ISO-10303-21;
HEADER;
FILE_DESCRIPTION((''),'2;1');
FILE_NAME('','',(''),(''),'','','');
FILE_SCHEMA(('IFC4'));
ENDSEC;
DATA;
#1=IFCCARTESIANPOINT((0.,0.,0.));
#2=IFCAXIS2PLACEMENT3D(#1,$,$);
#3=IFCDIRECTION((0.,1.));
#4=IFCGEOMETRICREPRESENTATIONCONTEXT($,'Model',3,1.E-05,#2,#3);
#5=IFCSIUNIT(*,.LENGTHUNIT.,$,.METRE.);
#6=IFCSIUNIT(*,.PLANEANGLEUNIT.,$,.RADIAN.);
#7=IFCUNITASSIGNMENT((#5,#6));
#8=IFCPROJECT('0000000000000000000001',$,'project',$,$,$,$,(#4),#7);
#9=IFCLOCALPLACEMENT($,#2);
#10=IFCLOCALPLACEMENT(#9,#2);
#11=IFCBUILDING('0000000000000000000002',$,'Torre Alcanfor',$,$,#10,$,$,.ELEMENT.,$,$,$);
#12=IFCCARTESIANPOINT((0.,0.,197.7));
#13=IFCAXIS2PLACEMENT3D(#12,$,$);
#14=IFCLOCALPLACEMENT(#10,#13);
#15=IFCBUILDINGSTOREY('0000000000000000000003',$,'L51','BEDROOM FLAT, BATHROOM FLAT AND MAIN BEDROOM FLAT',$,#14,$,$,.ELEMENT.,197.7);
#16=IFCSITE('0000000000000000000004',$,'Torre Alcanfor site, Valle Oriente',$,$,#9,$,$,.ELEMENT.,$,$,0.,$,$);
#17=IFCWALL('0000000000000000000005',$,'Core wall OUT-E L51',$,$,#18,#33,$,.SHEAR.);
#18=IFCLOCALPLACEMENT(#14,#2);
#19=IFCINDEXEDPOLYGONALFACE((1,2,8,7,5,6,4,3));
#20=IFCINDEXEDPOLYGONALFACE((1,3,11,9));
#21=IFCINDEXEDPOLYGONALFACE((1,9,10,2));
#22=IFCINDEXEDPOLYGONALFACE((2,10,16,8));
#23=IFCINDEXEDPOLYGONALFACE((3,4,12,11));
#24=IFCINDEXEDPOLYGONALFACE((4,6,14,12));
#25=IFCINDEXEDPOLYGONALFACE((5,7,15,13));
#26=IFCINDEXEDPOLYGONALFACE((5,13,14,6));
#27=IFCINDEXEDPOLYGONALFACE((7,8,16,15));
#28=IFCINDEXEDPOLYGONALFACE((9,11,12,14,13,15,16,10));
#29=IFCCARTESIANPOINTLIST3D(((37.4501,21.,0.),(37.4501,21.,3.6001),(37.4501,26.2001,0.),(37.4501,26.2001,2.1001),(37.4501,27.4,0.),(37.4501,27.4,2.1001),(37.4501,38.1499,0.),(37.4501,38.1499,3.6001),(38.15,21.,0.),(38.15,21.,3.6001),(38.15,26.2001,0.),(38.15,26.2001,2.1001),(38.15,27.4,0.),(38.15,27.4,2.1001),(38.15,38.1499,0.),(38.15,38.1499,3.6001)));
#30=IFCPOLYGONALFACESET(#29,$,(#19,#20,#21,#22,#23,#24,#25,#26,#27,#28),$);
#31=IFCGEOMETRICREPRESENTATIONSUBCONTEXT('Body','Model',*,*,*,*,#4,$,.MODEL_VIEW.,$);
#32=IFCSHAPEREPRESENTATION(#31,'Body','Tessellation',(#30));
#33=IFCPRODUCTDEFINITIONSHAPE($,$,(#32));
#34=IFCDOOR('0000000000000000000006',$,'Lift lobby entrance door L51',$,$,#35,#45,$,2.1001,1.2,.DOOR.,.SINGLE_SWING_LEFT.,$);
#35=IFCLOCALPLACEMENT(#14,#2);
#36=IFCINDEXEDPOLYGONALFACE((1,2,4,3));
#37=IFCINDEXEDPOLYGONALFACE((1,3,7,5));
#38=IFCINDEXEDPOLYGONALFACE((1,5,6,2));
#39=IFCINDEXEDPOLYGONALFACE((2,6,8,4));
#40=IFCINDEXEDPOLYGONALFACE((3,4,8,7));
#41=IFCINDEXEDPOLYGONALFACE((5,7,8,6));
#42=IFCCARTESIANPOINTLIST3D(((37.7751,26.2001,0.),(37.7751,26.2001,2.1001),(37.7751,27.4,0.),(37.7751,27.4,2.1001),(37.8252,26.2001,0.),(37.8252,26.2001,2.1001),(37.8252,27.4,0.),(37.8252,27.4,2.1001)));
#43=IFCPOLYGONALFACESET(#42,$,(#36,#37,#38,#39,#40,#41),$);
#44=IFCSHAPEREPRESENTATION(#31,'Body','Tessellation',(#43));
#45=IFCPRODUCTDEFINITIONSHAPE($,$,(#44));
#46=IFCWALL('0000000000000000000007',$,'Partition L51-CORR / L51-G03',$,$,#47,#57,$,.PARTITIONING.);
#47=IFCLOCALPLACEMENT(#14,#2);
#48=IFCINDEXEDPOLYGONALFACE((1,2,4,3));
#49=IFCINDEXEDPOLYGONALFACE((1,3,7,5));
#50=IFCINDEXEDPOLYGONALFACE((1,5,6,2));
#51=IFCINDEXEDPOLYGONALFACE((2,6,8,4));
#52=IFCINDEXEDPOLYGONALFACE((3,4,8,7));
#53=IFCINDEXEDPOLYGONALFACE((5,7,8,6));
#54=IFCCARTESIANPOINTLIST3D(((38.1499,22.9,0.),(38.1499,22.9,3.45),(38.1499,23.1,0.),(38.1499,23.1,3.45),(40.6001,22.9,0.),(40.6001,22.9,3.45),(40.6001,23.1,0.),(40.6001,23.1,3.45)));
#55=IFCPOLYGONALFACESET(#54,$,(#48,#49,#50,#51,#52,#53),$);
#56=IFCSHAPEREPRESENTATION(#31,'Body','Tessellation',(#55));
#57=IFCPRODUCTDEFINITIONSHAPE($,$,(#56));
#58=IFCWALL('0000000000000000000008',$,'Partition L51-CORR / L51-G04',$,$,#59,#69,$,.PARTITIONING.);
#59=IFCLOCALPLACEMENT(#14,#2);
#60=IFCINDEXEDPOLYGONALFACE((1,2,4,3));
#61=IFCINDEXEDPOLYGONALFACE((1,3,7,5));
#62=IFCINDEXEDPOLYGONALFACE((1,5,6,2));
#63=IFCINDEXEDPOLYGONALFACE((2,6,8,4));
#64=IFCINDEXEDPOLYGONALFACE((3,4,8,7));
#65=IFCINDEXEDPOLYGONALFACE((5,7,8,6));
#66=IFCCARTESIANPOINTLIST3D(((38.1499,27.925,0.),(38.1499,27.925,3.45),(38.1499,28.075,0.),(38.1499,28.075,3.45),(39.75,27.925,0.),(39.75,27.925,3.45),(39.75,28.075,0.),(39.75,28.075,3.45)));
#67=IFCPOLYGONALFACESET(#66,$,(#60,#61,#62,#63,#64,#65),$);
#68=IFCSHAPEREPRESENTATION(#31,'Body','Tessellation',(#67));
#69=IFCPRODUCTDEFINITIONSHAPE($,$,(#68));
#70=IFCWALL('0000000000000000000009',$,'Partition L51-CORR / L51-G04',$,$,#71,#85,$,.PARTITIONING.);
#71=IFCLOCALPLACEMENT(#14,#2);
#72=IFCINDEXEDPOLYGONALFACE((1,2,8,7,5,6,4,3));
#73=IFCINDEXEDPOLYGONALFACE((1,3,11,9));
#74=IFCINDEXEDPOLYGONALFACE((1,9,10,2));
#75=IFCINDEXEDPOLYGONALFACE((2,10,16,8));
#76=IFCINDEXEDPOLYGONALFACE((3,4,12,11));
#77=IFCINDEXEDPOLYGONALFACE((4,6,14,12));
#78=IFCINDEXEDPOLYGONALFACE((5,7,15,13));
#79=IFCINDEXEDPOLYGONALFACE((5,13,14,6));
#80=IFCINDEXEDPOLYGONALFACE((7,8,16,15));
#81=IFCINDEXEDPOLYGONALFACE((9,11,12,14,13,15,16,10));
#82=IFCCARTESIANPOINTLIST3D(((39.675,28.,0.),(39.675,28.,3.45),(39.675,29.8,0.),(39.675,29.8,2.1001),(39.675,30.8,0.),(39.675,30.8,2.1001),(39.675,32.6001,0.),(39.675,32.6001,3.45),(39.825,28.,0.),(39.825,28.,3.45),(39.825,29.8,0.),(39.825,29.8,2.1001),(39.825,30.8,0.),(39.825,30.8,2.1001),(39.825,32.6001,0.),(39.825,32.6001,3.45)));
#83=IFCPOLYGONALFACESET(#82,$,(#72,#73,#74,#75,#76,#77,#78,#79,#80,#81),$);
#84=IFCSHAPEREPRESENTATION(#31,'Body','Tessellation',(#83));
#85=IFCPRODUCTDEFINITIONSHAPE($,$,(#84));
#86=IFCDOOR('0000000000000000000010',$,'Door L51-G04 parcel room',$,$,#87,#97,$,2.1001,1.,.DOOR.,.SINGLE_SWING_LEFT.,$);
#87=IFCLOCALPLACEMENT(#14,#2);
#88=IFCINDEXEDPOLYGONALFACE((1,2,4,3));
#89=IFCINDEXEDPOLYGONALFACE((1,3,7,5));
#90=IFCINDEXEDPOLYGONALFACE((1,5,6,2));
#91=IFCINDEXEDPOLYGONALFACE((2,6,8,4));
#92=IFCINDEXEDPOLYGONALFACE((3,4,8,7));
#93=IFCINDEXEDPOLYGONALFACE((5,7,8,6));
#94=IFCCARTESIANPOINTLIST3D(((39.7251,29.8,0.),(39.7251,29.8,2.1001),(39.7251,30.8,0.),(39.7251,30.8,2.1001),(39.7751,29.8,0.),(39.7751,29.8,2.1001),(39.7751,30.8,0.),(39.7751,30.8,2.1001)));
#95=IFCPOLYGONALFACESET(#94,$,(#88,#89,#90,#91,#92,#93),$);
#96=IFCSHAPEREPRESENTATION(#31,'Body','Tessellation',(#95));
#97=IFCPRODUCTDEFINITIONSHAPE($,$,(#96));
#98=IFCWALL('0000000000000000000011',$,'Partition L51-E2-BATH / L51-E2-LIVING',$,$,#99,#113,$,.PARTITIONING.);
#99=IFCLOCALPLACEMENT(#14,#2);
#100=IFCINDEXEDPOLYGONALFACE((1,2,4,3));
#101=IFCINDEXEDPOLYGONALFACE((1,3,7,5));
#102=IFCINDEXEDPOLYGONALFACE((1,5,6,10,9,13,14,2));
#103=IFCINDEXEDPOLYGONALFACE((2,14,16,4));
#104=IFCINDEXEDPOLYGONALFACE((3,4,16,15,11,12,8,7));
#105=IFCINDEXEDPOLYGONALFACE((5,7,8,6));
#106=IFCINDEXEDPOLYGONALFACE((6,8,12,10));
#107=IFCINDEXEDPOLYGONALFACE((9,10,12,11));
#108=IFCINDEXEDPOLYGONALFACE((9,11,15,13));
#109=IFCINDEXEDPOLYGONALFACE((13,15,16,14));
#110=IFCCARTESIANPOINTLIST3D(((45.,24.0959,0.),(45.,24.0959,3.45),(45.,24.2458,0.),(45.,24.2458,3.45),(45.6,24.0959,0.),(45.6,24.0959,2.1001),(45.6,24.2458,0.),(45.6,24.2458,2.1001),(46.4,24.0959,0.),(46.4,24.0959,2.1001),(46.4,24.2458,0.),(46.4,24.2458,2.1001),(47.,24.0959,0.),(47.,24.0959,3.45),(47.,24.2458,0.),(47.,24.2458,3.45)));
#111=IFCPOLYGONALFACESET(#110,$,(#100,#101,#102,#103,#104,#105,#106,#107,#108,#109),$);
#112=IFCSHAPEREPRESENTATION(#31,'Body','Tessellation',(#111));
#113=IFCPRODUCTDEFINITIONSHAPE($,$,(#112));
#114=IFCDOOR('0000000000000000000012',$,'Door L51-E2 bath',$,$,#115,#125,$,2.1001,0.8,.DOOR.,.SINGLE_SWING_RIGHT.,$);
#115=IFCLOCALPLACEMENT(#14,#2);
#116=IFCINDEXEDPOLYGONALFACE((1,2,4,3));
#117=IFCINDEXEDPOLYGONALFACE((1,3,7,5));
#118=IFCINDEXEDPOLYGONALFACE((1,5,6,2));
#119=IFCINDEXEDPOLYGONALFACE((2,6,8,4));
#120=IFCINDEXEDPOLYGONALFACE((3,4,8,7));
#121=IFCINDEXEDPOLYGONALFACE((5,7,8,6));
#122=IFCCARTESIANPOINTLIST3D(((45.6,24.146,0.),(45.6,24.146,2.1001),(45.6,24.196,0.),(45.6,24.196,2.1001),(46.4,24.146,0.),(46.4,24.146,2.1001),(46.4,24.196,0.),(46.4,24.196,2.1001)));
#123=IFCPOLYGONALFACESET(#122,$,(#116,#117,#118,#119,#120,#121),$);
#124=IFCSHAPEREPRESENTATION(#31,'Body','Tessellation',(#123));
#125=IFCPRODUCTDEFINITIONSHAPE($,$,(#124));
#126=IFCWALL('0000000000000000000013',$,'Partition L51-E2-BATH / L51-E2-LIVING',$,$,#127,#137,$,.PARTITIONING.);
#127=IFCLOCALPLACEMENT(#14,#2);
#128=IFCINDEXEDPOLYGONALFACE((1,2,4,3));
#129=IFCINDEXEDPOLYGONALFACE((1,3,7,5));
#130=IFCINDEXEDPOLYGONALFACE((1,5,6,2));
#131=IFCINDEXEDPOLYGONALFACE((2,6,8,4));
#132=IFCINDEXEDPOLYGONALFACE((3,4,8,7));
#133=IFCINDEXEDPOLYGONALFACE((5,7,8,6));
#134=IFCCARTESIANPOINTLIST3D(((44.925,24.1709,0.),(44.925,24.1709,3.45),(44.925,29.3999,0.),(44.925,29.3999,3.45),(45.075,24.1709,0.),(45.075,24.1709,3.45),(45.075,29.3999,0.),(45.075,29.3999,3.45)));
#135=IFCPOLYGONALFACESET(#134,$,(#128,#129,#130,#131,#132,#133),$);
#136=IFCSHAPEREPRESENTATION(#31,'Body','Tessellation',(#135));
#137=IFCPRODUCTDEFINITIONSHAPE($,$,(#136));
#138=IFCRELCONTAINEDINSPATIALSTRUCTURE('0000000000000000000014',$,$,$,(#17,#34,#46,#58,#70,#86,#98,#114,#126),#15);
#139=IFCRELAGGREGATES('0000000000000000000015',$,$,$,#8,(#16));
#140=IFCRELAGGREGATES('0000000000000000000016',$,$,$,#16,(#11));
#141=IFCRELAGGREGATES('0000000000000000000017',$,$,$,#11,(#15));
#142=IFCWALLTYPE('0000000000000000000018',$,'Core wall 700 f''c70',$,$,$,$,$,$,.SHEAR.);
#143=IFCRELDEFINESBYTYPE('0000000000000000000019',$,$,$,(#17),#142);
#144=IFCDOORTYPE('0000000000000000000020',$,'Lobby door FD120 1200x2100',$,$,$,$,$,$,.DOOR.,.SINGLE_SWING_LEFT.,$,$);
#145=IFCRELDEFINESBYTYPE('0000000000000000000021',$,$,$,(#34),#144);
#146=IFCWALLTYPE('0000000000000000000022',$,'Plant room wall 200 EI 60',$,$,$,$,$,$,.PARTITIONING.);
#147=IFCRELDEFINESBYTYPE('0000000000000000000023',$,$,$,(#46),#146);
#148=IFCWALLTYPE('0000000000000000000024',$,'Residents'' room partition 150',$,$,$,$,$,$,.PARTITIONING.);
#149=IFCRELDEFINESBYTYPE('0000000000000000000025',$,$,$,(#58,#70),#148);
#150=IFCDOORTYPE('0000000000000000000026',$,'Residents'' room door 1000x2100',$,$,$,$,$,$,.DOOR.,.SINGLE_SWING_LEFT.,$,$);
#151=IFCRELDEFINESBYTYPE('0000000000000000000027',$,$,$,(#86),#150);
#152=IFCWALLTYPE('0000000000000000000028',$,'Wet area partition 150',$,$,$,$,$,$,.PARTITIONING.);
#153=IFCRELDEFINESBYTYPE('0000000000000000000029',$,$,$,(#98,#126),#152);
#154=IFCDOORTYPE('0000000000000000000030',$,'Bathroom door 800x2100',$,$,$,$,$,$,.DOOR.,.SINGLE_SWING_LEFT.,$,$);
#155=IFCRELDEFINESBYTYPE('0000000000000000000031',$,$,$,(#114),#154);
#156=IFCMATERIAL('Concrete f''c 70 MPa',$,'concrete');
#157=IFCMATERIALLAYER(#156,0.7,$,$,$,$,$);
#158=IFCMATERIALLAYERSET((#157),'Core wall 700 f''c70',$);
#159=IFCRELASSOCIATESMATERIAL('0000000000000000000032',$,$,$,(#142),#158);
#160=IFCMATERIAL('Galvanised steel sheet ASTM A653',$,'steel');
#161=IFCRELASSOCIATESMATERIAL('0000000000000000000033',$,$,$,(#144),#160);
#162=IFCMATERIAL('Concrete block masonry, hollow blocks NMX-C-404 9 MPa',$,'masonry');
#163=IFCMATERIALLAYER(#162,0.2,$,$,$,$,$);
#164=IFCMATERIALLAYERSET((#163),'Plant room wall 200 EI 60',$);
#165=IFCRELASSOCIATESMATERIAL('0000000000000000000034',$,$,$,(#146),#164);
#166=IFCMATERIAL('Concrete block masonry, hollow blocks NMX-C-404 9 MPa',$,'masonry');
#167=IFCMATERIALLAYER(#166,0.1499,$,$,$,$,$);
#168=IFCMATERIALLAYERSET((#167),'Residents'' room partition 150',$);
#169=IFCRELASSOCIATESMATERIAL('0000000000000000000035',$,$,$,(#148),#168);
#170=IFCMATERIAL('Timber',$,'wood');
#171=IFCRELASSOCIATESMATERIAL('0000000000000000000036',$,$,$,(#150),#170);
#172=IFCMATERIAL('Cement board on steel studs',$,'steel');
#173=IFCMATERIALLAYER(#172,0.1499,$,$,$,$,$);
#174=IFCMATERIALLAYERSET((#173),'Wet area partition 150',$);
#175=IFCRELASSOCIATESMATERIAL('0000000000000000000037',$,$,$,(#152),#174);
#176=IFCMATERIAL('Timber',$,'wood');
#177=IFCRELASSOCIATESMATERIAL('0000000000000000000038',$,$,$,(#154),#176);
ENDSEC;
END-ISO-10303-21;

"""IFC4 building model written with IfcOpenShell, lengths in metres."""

from ifc_helpers import new_model, si_unit, direction, frame, frame_2d, origin, place, context, subcontext, project, spatial, rectangle, extrude, material, layer, layer_set, type_object, element, fill, save


model = new_model("IFC4")

# Units and contexts
model_context = context("Model", 3, precision=1e-05, world=origin(), true_north=direction((0.0, 1.0)))
body_context = subcontext(model_context, "Body", "Model", "MODEL_VIEW")
ifc_project = project(units=[si_unit("LENGTHUNIT", "METRE"), si_unit("PLANEANGLEUNIT", "RADIAN")], contexts=[model_context])

# Site, building, storey
site_placement = place(None, origin())
site = spatial("IfcSite", under=ifc_project, at=site_placement, Name="Torre Alcanfor site, Valle Oriente", CompositionType="ELEMENT", RefElevation=0.0)
building_placement = place(site_placement, origin())
building = spatial("IfcBuilding", under=site, at=building_placement, Name="Torre Alcanfor", CompositionType="ELEMENT")
storey_placement = place(building_placement, frame((0.0, 0.0, 197.7)))
storey = spatial("IfcBuildingStorey", under=building, at=storey_placement, Name="L51", Description="BEDROOM FLAT, BATHROOM FLAT AND MAIN BEDROOM FLAT", CompositionType="ELEMENT", Elevation=197.7)

# Wall, opening, door
ifc_material_1 = material(Name="Concrete f'c 70 MPa", Category="concrete")
ifc_layer_1 = layer(ifc_material_1, 0.7)
ifc_layer_set_1 = layer_set([ifc_layer_1], Name="Core wall 700 f'c70")
wall_type_1 = type_object("IfcWallType", Name="Core wall 700 f'c70", PredefinedType="SHEAR", material=ifc_layer_set_1)
wall_1_placement = place(storey_placement, frame((37.8, 21.0, 0.0), z_axis=(0.0, 0.0, 1.0), x_axis=(0.0, 1.0, 0.0)))
wall_1 = element("IfcWall", 1, at=wall_1_placement, inside=storey, type_object=wall_type_1, Name="Core wall OUT-E L51", PredefinedType="SHEAR", context=body_context, shape_type="SweptSolid", body=[
    extrude(rectangle(XDim=17.1499, YDim=0.7, at=frame_2d((8.575, 0.0))), origin(), (0.0, 0.0, 1.0), 3.6001),
])
opening_1_placement = place(wall_1_placement, frame((5.2, 0.0, 0.0)))
opening_1 = element("IfcOpeningElement", 2, at=opening_1_placement, cuts=wall_1, PredefinedType="OPENING", context=body_context, shape_type="SweptSolid", body=[
    extrude(rectangle(XDim=1.2, YDim=2.1001, at=frame_2d((0.6001, 1.05))), frame((0.0, 0.3599, 0.0), z_axis=(0.0, -1.0, 0.0), x_axis=(1.0, 0.0, 0.0)), (0.0, 0.0, 1.0), 0.72),
])
ifc_material_2 = material(Name="Galvanised steel sheet ASTM A653", Category="steel")
door_type_1 = type_object("IfcDoorType", Name="Lobby door FD120 1200x2100", OperationType="SINGLE_SWING_LEFT", PredefinedType="DOOR", material=ifc_material_2)
door_1_placement = place(opening_1_placement, origin())
door_1 = element("IfcDoor", 3, at=door_1_placement, inside=storey, type_object=door_type_1, Name="Lift lobby entrance door L51", OperationType="SINGLE_SWING_LEFT", OverallHeight=2.1001, OverallWidth=1.2, PredefinedType="DOOR", context=body_context, shape_type="SweptSolid", body=[
    extrude(rectangle(XDim=1.2, YDim=2.1001, at=frame_2d((0.6001, 1.05))), frame((0.0, 0.0249, 0.0), z_axis=(0.0, -1.0, 0.0), x_axis=(1.0, 0.0, 0.0)), (0.0, 0.0, 1.0), 0.05),
])
fill(opening_1, door_1)

# Walls
ifc_material_3 = material(Name="Concrete block masonry, hollow blocks NMX-C-404 9 MPa", Category="masonry")
ifc_layer_2 = layer(ifc_material_3, 0.2)
ifc_layer_set_2 = layer_set([ifc_layer_2], Name="Plant room wall 200 EI 60")
wall_type_2 = type_object("IfcWallType", Name="Plant room wall 200 EI 60", PredefinedType="PARTITIONING", material=ifc_layer_set_2)
wall_2_placement = place(storey_placement, frame((40.6001, 23.0, 0.0), z_axis=(0.0, 0.0, 1.0), x_axis=(-1.0, 0.0, 0.0)))
element("IfcWall", 4, at=wall_2_placement, inside=storey, type_object=wall_type_2, Name="Partition L51-CORR / L51-G03", PredefinedType="PARTITIONING", context=body_context, shape_type="SweptSolid", body=[
    extrude(rectangle(XDim=2.4502, YDim=0.2, at=frame_2d((1.2251, 0.0))), origin(), (0.0, 0.0, 1.0), 3.45),
])
ifc_material_4 = material(Name="Concrete block masonry, hollow blocks NMX-C-404 9 MPa", Category="masonry")
ifc_layer_3 = layer(ifc_material_4, 0.1499)
ifc_layer_set_3 = layer_set([ifc_layer_3], Name="Residents' room partition 150")
wall_type_3 = type_object("IfcWallType", Name="Residents' room partition 150", PredefinedType="PARTITIONING", material=ifc_layer_set_3)
wall_3_placement = place(storey_placement, frame((38.1499, 28.0, 0.0), z_axis=(0.0, 0.0, 1.0), x_axis=(1.0, 0.0, 0.0)))
element("IfcWall", 5, at=wall_3_placement, inside=storey, type_object=wall_type_3, Name="Partition L51-CORR / L51-G04", PredefinedType="PARTITIONING", context=body_context, shape_type="SweptSolid", body=[
    extrude(rectangle(XDim=1.6001, YDim=0.1499, at=frame_2d((0.8, 0.0))), origin(), (0.0, 0.0, 1.0), 3.45),
])

# Walls, openings, doors
wall_4_placement = place(storey_placement, frame((39.75, 28.0, 0.0), z_axis=(0.0, 0.0, 1.0), x_axis=(0.0, 1.0, 0.0)))
wall_4 = element("IfcWall", 6, at=wall_4_placement, inside=storey, type_object=wall_type_3, Name="Partition L51-CORR / L51-G04", PredefinedType="PARTITIONING", context=body_context, shape_type="SweptSolid", body=[
    extrude(rectangle(XDim=4.6001, YDim=0.1499, at=frame_2d((2.3, 0.0))), origin(), (0.0, 0.0, 1.0), 3.45),
])
opening_2_placement = place(wall_4_placement, frame((1.8, 0.0, 0.0)))
opening_2 = element("IfcOpeningElement", 7, at=opening_2_placement, cuts=wall_4, PredefinedType="OPENING", context=body_context, shape_type="SweptSolid", body=[
    extrude(rectangle(XDim=1.0, YDim=2.1001, at=frame_2d((0.5, 1.05))), frame((0.0, 0.085, 0.0), z_axis=(0.0, -1.0, 0.0), x_axis=(1.0, 0.0, 0.0)), (0.0, 0.0, 1.0), 0.1699),
])
ifc_material_5 = material(Name="Timber", Category="wood")
door_type_2 = type_object("IfcDoorType", Name="Residents' room door 1000x2100", OperationType="SINGLE_SWING_LEFT", PredefinedType="DOOR", material=ifc_material_5)
door_2_placement = place(opening_2_placement, origin())
door_2 = element("IfcDoor", 8, at=door_2_placement, inside=storey, type_object=door_type_2, Name="Door L51-G04 parcel room", OperationType="SINGLE_SWING_LEFT", OverallHeight=2.1001, OverallWidth=1.0, PredefinedType="DOOR", context=body_context, shape_type="SweptSolid", body=[
    extrude(rectangle(XDim=1.0, YDim=2.1001, at=frame_2d((0.5, 1.05))), frame((0.0, 0.0249, 0.0), z_axis=(0.0, -1.0, 0.0), x_axis=(1.0, 0.0, 0.0)), (0.0, 0.0, 1.0), 0.05),
])
fill(opening_2, door_2)
ifc_material_6 = material(Name="Cement board on steel studs", Category="steel")
ifc_layer_4 = layer(ifc_material_6, 0.1499)
ifc_layer_set_4 = layer_set([ifc_layer_4], Name="Wet area partition 150")
wall_type_4 = type_object("IfcWallType", Name="Wet area partition 150", PredefinedType="PARTITIONING", material=ifc_layer_set_4)
wall_5_placement = place(storey_placement, frame((47.0, 24.1709, 0.0), z_axis=(0.0, 0.0, 1.0), x_axis=(-1.0, 0.0, 0.0)))
wall_5 = element("IfcWall", 9, at=wall_5_placement, inside=storey, type_object=wall_type_4, Name="Partition L51-E2-BATH / L51-E2-LIVING", PredefinedType="PARTITIONING", context=body_context, shape_type="SweptSolid", body=[
    extrude(rectangle(XDim=2.0, YDim=0.1499, at=frame_2d((1.0, 0.0))), origin(), (0.0, 0.0, 1.0), 3.45),
])
opening_3_placement = place(wall_5_placement, frame((0.6001, 0.0, 0.0)))
opening_3 = element("IfcOpeningElement", 10, at=opening_3_placement, cuts=wall_5, PredefinedType="OPENING", context=body_context, shape_type="SweptSolid", body=[
    extrude(rectangle(XDim=0.8, YDim=2.1001, at=frame_2d((0.3999, 1.05))), frame((0.0, 0.085, 0.0), z_axis=(0.0, -1.0, 0.0), x_axis=(1.0, 0.0, 0.0)), (0.0, 0.0, 1.0), 0.1699),
])
ifc_material_7 = material(Name="Timber", Category="wood")
door_type_3 = type_object("IfcDoorType", Name="Bathroom door 800x2100", OperationType="SINGLE_SWING_LEFT", PredefinedType="DOOR", material=ifc_material_7)
door_3_placement = place(opening_3_placement, frame((0.8, 0.0, 0.0), z_axis=(0.0, 0.0, 1.0), x_axis=(-1.0, 0.0, 0.0)))
door_3 = element("IfcDoor", 11, at=door_3_placement, inside=storey, type_object=door_type_3, Name="Door L51-E2 bath", OperationType="SINGLE_SWING_RIGHT", OverallHeight=2.1001, OverallWidth=0.8, PredefinedType="DOOR", context=body_context, shape_type="SweptSolid", body=[
    extrude(rectangle(XDim=0.8, YDim=2.1001, at=frame_2d((0.4001, 1.05))), frame((0.0, 0.0251, 0.0), z_axis=(0.0, -1.0, 0.0), x_axis=(1.0, 0.0, 0.0)), (0.0, 0.0, 1.0), 0.05),
])
fill(opening_3, door_3)

# Wall
wall_6_placement = place(storey_placement, frame((45.0, 24.1709, 0.0), z_axis=(0.0, 0.0, 1.0), x_axis=(0.0, 1.0, 0.0)))
element("IfcWall", 12, at=wall_6_placement, inside=storey, type_object=wall_type_4, Name="Partition L51-E2-BATH / L51-E2-LIVING", PredefinedType="PARTITIONING", context=body_context, shape_type="SweptSolid", body=[
    extrude(rectangle(XDim=5.229, YDim=0.1499, at=frame_2d((2.6145, 0.0))), origin(), (0.0, 0.0, 1.0), 3.45),
])

save(model, "model.ifc")
